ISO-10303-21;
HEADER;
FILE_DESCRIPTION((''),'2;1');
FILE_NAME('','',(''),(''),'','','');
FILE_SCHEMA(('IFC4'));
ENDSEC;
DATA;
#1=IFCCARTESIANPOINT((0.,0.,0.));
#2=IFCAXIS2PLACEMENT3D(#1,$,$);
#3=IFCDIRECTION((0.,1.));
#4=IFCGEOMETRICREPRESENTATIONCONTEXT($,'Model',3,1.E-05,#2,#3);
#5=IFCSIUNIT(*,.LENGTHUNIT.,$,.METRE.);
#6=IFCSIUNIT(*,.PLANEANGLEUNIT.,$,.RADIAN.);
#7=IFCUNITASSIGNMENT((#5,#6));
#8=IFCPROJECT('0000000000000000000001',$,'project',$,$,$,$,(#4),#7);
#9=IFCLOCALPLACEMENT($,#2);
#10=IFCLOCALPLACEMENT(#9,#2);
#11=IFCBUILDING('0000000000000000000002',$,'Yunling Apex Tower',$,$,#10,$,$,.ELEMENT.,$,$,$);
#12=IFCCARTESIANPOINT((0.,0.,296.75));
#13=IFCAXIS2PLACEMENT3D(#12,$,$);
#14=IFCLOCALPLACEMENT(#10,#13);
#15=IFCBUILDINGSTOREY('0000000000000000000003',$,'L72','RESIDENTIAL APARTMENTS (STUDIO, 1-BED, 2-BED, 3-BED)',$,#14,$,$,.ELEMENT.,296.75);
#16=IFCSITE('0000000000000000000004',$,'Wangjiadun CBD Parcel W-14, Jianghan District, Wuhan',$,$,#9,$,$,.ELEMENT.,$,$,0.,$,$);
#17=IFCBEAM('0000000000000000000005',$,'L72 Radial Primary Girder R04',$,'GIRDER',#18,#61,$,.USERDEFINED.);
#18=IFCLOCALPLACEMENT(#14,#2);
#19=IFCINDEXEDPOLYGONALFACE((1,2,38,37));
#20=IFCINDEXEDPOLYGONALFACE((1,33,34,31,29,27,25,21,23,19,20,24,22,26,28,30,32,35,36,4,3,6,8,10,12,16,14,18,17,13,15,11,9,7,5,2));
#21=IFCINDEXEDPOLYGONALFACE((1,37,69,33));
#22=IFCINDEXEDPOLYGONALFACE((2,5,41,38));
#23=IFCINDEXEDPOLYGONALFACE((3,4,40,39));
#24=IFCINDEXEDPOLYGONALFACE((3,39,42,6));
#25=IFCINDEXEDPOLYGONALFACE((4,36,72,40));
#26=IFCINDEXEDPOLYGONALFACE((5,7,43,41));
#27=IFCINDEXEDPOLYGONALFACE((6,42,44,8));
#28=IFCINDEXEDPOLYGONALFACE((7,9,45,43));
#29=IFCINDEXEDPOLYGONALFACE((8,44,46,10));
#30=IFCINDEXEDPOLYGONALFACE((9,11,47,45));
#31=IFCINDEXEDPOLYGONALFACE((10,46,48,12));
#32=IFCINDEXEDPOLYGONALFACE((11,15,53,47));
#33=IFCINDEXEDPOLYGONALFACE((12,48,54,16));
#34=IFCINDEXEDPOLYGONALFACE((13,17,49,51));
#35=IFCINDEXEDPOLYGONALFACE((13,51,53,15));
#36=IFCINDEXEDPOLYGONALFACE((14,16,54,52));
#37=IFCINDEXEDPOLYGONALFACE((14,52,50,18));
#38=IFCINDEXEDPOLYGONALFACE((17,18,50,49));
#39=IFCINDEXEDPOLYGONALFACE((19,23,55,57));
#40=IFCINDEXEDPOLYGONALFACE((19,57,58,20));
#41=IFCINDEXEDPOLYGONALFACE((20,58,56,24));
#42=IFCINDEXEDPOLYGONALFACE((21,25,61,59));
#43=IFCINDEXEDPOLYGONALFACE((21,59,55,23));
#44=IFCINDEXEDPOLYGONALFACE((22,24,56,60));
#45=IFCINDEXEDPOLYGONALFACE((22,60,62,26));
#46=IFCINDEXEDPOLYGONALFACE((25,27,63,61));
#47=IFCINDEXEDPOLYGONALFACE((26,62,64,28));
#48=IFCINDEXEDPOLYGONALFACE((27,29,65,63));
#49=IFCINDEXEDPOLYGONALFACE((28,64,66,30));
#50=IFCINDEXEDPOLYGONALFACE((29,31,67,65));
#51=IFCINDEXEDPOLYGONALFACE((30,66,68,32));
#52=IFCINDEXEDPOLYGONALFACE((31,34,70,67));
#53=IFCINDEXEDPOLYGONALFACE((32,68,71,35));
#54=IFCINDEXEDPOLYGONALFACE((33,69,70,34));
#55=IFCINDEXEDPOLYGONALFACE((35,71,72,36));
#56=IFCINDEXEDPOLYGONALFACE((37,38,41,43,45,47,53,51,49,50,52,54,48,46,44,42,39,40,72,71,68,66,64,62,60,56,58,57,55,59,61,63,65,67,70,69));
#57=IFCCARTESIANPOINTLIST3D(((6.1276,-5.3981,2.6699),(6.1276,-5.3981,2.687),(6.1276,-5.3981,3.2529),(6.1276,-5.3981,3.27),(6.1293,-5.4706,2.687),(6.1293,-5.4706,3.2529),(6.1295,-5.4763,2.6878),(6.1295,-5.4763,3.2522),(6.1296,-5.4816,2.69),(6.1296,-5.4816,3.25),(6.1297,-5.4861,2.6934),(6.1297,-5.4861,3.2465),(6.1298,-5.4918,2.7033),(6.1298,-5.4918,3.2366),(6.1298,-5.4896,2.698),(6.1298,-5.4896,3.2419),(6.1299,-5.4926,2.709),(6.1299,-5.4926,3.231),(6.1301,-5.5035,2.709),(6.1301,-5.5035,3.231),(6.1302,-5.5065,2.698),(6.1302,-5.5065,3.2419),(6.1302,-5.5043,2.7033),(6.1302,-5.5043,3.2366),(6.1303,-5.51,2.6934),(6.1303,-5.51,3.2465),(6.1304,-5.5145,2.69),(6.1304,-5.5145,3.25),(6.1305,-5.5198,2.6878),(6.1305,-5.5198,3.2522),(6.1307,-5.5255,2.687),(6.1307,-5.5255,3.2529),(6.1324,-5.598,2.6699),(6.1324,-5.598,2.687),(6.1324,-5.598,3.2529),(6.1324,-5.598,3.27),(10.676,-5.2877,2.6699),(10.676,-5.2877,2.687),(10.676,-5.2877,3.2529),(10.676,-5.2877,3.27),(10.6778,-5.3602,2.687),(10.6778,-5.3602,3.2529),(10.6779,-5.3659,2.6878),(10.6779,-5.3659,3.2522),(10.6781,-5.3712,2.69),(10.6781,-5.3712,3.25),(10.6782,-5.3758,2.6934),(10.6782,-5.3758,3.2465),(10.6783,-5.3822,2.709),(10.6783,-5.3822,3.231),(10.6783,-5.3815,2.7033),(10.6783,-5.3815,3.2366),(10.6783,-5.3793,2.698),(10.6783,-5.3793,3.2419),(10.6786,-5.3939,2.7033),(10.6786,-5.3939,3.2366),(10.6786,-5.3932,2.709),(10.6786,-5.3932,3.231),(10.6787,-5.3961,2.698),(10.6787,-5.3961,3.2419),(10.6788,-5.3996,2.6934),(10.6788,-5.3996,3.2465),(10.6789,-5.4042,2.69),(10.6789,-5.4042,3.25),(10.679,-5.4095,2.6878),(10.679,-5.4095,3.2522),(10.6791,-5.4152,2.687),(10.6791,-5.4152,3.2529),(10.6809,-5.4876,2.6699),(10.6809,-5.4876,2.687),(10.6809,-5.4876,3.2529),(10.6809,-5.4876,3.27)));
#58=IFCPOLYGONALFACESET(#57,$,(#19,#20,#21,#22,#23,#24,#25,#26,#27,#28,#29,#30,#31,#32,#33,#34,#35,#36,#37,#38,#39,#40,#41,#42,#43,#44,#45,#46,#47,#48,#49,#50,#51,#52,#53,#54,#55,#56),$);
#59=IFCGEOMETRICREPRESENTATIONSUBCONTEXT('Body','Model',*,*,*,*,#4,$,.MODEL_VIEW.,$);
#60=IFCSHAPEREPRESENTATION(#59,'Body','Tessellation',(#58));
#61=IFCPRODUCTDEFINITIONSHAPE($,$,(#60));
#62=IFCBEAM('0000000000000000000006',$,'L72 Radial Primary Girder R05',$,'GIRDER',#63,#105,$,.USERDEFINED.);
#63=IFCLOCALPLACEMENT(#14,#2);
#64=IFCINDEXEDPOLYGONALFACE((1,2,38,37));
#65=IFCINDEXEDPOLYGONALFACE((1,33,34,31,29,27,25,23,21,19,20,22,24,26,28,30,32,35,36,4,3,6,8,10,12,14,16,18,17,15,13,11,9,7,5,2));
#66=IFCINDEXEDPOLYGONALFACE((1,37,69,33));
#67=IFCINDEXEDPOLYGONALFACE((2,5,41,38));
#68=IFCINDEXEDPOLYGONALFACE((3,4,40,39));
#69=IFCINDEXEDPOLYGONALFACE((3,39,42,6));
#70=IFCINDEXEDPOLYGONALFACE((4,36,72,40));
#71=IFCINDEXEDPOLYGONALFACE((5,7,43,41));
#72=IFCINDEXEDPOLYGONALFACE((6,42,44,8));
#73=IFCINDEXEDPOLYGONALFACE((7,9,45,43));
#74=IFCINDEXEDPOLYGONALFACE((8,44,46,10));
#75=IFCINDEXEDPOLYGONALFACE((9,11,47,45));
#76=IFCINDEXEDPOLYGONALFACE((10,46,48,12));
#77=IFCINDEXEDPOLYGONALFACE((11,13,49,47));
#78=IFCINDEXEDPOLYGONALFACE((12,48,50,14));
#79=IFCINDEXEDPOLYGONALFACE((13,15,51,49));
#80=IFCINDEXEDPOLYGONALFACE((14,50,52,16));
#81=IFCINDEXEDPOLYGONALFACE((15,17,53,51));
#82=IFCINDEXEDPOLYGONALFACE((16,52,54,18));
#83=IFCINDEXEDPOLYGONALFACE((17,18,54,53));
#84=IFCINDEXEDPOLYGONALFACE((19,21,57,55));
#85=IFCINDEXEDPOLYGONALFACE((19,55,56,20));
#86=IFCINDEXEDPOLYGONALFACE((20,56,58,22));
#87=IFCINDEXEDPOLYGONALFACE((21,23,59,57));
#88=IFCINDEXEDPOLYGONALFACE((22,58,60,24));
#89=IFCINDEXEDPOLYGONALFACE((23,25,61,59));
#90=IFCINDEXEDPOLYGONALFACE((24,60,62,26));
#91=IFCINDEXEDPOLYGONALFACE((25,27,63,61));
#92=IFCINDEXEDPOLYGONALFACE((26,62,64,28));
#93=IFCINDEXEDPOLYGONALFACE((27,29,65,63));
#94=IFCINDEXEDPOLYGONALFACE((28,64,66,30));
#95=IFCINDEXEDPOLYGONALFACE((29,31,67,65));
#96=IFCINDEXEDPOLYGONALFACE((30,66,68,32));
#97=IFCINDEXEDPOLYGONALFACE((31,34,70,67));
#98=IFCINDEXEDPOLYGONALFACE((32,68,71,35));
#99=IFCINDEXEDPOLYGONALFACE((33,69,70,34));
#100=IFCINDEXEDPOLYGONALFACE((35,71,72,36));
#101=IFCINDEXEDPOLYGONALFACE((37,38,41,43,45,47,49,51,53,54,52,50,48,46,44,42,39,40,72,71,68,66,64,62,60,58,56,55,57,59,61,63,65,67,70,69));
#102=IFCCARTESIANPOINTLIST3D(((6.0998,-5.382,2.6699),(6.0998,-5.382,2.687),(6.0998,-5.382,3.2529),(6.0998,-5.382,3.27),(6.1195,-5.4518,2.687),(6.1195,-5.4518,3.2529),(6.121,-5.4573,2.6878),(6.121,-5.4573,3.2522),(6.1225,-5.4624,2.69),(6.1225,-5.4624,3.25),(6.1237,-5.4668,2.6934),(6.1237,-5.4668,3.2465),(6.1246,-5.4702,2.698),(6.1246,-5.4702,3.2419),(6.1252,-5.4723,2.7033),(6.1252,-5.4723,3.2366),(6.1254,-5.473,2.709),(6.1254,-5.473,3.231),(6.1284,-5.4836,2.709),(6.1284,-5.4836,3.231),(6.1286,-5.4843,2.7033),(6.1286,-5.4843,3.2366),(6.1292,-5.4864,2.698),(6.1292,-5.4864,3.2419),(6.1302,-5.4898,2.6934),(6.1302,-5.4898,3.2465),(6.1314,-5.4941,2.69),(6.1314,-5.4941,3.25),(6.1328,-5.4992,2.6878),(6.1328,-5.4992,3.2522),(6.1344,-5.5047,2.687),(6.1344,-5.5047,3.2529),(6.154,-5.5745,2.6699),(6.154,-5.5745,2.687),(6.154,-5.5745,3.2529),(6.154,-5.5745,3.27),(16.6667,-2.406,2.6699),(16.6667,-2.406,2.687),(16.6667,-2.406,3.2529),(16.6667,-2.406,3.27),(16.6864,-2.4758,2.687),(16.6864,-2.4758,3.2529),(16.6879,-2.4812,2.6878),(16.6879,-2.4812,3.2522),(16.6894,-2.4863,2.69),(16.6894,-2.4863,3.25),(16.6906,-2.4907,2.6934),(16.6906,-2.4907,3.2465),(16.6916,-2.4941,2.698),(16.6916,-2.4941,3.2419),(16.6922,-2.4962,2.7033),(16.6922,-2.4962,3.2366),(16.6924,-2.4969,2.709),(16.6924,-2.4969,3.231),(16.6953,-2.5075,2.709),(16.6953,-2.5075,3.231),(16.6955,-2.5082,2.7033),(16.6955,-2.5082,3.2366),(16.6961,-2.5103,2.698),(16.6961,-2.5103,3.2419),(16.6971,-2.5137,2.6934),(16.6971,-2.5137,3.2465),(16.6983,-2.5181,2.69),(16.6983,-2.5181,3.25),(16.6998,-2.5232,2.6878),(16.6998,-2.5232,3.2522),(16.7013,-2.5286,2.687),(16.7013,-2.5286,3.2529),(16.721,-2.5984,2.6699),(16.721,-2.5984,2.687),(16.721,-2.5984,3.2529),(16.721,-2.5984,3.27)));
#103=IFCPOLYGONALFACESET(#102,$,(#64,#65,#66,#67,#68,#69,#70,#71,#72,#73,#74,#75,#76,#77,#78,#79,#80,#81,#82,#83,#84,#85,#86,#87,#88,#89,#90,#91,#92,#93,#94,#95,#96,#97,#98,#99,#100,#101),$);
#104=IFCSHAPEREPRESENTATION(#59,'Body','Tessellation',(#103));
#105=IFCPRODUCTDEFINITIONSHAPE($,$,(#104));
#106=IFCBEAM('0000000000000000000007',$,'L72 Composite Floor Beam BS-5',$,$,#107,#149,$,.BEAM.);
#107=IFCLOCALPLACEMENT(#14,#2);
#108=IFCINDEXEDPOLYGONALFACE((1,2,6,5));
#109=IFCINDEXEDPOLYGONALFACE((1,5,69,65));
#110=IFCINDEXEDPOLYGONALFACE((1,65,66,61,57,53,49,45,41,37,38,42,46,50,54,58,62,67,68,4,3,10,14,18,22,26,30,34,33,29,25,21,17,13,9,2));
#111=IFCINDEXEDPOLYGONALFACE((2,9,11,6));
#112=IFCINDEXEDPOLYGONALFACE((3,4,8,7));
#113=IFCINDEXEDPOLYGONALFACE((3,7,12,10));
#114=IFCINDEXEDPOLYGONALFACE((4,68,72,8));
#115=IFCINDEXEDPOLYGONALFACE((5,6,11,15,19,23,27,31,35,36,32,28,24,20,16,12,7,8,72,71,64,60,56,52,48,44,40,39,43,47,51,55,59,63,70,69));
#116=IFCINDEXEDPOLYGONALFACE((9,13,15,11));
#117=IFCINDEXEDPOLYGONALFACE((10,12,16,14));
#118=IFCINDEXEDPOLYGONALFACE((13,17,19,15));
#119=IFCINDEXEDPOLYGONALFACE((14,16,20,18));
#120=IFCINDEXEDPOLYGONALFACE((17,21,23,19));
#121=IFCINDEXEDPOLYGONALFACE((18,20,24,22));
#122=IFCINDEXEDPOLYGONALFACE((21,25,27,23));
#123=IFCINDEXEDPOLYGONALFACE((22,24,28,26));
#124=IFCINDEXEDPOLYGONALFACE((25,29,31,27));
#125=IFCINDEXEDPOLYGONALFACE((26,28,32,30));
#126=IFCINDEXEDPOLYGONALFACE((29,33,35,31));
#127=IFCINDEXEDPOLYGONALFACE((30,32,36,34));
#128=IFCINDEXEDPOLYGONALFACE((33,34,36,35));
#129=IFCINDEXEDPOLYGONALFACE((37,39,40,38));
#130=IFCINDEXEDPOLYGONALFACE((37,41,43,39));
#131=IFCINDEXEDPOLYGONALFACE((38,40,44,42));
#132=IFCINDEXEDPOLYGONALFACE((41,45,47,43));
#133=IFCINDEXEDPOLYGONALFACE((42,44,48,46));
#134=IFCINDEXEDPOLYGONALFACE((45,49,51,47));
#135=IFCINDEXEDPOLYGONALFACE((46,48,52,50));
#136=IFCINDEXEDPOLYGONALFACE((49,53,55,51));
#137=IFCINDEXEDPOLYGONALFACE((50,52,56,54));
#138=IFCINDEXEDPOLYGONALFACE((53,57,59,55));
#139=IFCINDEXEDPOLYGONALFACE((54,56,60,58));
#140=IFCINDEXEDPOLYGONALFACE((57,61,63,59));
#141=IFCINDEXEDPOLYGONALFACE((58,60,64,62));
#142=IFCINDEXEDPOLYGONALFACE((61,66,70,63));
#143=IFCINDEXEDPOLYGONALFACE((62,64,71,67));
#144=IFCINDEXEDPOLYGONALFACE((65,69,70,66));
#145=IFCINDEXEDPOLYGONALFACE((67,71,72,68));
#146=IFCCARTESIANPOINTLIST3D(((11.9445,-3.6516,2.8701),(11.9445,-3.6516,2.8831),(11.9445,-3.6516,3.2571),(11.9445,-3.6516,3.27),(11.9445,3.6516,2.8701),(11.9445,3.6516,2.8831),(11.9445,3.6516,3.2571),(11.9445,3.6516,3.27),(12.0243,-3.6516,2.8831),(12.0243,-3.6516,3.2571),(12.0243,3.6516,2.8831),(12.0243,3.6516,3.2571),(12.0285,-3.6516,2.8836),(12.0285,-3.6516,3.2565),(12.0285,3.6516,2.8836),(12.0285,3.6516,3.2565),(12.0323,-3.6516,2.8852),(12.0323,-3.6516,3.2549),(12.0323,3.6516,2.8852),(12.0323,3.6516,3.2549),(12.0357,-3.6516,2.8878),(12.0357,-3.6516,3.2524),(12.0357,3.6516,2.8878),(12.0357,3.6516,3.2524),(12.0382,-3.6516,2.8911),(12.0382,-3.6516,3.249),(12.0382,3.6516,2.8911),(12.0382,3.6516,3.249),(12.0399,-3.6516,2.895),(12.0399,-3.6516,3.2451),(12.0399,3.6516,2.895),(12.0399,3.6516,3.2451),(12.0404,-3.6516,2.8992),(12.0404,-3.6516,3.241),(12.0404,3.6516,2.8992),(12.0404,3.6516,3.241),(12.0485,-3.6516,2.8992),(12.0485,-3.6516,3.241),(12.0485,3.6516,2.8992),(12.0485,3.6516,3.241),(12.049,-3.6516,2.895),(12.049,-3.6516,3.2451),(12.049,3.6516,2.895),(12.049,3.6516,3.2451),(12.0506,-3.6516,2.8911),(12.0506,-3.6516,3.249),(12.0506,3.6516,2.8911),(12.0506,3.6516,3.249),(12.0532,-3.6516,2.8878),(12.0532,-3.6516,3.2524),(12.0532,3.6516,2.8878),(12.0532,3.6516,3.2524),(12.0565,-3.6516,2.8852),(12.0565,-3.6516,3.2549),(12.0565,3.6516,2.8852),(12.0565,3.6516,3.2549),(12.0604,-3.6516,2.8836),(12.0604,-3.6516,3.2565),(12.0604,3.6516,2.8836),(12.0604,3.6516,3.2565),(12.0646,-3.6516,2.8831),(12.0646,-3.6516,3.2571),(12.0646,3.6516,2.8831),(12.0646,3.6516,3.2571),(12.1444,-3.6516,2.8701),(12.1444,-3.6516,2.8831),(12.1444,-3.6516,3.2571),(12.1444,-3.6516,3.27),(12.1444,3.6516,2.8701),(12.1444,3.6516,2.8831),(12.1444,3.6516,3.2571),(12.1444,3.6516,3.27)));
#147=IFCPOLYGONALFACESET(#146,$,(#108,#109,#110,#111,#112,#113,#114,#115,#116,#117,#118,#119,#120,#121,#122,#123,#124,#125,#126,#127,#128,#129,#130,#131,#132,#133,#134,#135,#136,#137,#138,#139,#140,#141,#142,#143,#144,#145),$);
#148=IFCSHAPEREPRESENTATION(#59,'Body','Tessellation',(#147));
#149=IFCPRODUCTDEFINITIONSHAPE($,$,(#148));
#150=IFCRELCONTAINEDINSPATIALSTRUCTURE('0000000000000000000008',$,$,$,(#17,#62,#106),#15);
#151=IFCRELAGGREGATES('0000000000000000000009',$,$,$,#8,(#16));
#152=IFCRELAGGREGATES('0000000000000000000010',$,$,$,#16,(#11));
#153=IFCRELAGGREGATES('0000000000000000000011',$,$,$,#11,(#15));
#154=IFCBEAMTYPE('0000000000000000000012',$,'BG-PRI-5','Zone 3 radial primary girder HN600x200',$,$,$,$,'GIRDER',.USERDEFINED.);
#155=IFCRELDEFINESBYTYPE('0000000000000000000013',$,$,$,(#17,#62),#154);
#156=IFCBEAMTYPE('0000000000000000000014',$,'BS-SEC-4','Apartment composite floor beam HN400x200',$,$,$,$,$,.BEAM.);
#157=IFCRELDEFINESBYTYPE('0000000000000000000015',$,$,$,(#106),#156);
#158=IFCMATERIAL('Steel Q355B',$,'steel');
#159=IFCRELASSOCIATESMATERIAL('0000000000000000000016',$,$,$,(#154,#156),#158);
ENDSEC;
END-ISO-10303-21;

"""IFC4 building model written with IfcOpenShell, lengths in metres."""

from ifc_helpers import new_model, si_unit, direction, frame, origin, origin_2d, place, context, subcontext, project, spatial, i_section, extrude, source, transform, mapped, material, material_profile, profile_set, type_object, element, save


model = new_model("IFC4")

# Units and contexts
model_context = context("Model", 3, precision=1e-05, world=origin(), true_north=direction((0.0, 1.0)))
body_context = subcontext(model_context, "Body", "Model", "MODEL_VIEW")
ifc_project = project(units=[si_unit("LENGTHUNIT", "METRE"), si_unit("PLANEANGLEUNIT", "RADIAN")], contexts=[model_context])

# Site, building, storey
site_placement = place(None, origin())
site = spatial("IfcSite", under=ifc_project, at=site_placement, Name="Wangjiadun CBD Parcel W-14, Jianghan District, Wuhan", CompositionType="ELEMENT", RefElevation=0.0)
building_placement = place(site_placement, origin())
building = spatial("IfcBuilding", under=site, at=building_placement, Name="Yunling Apex Tower", CompositionType="ELEMENT")
storey_placement = place(building_placement, frame((0.0, 0.0, 296.75)))
storey = spatial("IfcBuildingStorey", under=building, at=storey_placement, Name="L72", Description="RESIDENTIAL APARTMENTS (STUDIO, 1-BED, 2-BED, 3-BED)", CompositionType="ELEMENT", Elevation=296.75)

# Shared definitions
ifc_material_1 = material(Name="Steel Q355B", Category="steel")

# Beams
ifc_material_profile_1 = material_profile(ifc_material_1, i_section(OverallWidth=0.2, OverallDepth=0.6001, WebThickness=0.011, FlangeThickness=0.0171, FilletRadius=0.022, at=origin_2d()))
ifc_profile_set_1 = profile_set([ifc_material_profile_1], Name="Steel Q355B")
beam_type_1 = type_object("IfcBeamType", Name="BG-PRI-5", Description="Zone 3 radial primary girder HN600x200", ElementType="GIRDER", PredefinedType="USERDEFINED", material=ifc_profile_set_1)
shared_shape_1 = source(origin(), body_context, "Body", "SweptSolid", [
    extrude(i_section(OverallWidth=0.2, OverallDepth=0.6001, WebThickness=0.011, FlangeThickness=0.0171, FilletRadius=0.022, at=origin_2d()), origin(), (0.0, 0.0, 1.0), 4.5498),
])
beam_1_placement = place(storey_placement, frame((10.6785, -5.3877, 2.97), z_axis=(-0.999706, -0.024254, 0.0), x_axis=(0.024254, -0.999706, 0.0)))
element("IfcBeam", 1, at=beam_1_placement, inside=storey, type_object=beam_type_1, Name="L72 Radial Primary Girder R04", ObjectType="GIRDER", PredefinedType="USERDEFINED", context=body_context, shape_type="MappedRepresentation", body=[
    mapped(shared_shape_1, transform((0.0, 0.0, 0.0), scale=1.0)),
])
shared_shape_2 = source(origin(), body_context, "Body", "SweptSolid", [
    extrude(i_section(OverallWidth=0.2, OverallDepth=0.6001, WebThickness=0.011, FlangeThickness=0.0171, FilletRadius=0.022, at=origin_2d()), origin(), (0.0, 0.0, 1.0), 10.978),
])
beam_2_placement = place(storey_placement, frame((16.6938, -2.5022, 2.97), z_axis=(-0.962553, -0.271095, 0.0), x_axis=(0.271095, -0.962553, 0.0)))
element("IfcBeam", 2, at=beam_2_placement, inside=storey, type_object=beam_type_1, Name="L72 Radial Primary Girder R05", ObjectType="GIRDER", PredefinedType="USERDEFINED", context=body_context, shape_type="MappedRepresentation", body=[
    mapped(shared_shape_2, transform((0.0, 0.0, 0.0), scale=1.0)),
])
ifc_material_profile_2 = material_profile(ifc_material_1, i_section(OverallWidth=0.2, OverallDepth=0.3999, WebThickness=0.0081, FlangeThickness=0.0129, FilletRadius=0.0161, at=origin_2d()))
ifc_profile_set_2 = profile_set([ifc_material_profile_2], Name="Steel Q355B")
beam_type_2 = type_object("IfcBeamType", Name="BS-SEC-4", Description="Apartment composite floor beam HN400x200", PredefinedType="BEAM", material=ifc_profile_set_2)
shared_shape_3 = source(origin(), body_context, "Body", "SweptSolid", [
    extrude(i_section(OverallWidth=0.2, OverallDepth=0.3999, WebThickness=0.0081, FlangeThickness=0.0129, FilletRadius=0.0161, at=origin_2d()), origin(), (0.0, 0.0, 1.0), 7.3032),
])
beam_3_placement = place(storey_placement, frame((12.0444, -3.6516, 3.0701), z_axis=(0.0, 1.0, 0.0), x_axis=(-1.0, 0.0, 0.0)))
element("IfcBeam", 3, at=beam_3_placement, inside=storey, type_object=beam_type_2, Name="L72 Composite Floor Beam BS-5", PredefinedType="BEAM", context=body_context, shape_type="MappedRepresentation", body=[
    mapped(shared_shape_3, transform((0.0, 0.0, 0.0), scale=1.0)),
])

save(model, "model.ifc")
